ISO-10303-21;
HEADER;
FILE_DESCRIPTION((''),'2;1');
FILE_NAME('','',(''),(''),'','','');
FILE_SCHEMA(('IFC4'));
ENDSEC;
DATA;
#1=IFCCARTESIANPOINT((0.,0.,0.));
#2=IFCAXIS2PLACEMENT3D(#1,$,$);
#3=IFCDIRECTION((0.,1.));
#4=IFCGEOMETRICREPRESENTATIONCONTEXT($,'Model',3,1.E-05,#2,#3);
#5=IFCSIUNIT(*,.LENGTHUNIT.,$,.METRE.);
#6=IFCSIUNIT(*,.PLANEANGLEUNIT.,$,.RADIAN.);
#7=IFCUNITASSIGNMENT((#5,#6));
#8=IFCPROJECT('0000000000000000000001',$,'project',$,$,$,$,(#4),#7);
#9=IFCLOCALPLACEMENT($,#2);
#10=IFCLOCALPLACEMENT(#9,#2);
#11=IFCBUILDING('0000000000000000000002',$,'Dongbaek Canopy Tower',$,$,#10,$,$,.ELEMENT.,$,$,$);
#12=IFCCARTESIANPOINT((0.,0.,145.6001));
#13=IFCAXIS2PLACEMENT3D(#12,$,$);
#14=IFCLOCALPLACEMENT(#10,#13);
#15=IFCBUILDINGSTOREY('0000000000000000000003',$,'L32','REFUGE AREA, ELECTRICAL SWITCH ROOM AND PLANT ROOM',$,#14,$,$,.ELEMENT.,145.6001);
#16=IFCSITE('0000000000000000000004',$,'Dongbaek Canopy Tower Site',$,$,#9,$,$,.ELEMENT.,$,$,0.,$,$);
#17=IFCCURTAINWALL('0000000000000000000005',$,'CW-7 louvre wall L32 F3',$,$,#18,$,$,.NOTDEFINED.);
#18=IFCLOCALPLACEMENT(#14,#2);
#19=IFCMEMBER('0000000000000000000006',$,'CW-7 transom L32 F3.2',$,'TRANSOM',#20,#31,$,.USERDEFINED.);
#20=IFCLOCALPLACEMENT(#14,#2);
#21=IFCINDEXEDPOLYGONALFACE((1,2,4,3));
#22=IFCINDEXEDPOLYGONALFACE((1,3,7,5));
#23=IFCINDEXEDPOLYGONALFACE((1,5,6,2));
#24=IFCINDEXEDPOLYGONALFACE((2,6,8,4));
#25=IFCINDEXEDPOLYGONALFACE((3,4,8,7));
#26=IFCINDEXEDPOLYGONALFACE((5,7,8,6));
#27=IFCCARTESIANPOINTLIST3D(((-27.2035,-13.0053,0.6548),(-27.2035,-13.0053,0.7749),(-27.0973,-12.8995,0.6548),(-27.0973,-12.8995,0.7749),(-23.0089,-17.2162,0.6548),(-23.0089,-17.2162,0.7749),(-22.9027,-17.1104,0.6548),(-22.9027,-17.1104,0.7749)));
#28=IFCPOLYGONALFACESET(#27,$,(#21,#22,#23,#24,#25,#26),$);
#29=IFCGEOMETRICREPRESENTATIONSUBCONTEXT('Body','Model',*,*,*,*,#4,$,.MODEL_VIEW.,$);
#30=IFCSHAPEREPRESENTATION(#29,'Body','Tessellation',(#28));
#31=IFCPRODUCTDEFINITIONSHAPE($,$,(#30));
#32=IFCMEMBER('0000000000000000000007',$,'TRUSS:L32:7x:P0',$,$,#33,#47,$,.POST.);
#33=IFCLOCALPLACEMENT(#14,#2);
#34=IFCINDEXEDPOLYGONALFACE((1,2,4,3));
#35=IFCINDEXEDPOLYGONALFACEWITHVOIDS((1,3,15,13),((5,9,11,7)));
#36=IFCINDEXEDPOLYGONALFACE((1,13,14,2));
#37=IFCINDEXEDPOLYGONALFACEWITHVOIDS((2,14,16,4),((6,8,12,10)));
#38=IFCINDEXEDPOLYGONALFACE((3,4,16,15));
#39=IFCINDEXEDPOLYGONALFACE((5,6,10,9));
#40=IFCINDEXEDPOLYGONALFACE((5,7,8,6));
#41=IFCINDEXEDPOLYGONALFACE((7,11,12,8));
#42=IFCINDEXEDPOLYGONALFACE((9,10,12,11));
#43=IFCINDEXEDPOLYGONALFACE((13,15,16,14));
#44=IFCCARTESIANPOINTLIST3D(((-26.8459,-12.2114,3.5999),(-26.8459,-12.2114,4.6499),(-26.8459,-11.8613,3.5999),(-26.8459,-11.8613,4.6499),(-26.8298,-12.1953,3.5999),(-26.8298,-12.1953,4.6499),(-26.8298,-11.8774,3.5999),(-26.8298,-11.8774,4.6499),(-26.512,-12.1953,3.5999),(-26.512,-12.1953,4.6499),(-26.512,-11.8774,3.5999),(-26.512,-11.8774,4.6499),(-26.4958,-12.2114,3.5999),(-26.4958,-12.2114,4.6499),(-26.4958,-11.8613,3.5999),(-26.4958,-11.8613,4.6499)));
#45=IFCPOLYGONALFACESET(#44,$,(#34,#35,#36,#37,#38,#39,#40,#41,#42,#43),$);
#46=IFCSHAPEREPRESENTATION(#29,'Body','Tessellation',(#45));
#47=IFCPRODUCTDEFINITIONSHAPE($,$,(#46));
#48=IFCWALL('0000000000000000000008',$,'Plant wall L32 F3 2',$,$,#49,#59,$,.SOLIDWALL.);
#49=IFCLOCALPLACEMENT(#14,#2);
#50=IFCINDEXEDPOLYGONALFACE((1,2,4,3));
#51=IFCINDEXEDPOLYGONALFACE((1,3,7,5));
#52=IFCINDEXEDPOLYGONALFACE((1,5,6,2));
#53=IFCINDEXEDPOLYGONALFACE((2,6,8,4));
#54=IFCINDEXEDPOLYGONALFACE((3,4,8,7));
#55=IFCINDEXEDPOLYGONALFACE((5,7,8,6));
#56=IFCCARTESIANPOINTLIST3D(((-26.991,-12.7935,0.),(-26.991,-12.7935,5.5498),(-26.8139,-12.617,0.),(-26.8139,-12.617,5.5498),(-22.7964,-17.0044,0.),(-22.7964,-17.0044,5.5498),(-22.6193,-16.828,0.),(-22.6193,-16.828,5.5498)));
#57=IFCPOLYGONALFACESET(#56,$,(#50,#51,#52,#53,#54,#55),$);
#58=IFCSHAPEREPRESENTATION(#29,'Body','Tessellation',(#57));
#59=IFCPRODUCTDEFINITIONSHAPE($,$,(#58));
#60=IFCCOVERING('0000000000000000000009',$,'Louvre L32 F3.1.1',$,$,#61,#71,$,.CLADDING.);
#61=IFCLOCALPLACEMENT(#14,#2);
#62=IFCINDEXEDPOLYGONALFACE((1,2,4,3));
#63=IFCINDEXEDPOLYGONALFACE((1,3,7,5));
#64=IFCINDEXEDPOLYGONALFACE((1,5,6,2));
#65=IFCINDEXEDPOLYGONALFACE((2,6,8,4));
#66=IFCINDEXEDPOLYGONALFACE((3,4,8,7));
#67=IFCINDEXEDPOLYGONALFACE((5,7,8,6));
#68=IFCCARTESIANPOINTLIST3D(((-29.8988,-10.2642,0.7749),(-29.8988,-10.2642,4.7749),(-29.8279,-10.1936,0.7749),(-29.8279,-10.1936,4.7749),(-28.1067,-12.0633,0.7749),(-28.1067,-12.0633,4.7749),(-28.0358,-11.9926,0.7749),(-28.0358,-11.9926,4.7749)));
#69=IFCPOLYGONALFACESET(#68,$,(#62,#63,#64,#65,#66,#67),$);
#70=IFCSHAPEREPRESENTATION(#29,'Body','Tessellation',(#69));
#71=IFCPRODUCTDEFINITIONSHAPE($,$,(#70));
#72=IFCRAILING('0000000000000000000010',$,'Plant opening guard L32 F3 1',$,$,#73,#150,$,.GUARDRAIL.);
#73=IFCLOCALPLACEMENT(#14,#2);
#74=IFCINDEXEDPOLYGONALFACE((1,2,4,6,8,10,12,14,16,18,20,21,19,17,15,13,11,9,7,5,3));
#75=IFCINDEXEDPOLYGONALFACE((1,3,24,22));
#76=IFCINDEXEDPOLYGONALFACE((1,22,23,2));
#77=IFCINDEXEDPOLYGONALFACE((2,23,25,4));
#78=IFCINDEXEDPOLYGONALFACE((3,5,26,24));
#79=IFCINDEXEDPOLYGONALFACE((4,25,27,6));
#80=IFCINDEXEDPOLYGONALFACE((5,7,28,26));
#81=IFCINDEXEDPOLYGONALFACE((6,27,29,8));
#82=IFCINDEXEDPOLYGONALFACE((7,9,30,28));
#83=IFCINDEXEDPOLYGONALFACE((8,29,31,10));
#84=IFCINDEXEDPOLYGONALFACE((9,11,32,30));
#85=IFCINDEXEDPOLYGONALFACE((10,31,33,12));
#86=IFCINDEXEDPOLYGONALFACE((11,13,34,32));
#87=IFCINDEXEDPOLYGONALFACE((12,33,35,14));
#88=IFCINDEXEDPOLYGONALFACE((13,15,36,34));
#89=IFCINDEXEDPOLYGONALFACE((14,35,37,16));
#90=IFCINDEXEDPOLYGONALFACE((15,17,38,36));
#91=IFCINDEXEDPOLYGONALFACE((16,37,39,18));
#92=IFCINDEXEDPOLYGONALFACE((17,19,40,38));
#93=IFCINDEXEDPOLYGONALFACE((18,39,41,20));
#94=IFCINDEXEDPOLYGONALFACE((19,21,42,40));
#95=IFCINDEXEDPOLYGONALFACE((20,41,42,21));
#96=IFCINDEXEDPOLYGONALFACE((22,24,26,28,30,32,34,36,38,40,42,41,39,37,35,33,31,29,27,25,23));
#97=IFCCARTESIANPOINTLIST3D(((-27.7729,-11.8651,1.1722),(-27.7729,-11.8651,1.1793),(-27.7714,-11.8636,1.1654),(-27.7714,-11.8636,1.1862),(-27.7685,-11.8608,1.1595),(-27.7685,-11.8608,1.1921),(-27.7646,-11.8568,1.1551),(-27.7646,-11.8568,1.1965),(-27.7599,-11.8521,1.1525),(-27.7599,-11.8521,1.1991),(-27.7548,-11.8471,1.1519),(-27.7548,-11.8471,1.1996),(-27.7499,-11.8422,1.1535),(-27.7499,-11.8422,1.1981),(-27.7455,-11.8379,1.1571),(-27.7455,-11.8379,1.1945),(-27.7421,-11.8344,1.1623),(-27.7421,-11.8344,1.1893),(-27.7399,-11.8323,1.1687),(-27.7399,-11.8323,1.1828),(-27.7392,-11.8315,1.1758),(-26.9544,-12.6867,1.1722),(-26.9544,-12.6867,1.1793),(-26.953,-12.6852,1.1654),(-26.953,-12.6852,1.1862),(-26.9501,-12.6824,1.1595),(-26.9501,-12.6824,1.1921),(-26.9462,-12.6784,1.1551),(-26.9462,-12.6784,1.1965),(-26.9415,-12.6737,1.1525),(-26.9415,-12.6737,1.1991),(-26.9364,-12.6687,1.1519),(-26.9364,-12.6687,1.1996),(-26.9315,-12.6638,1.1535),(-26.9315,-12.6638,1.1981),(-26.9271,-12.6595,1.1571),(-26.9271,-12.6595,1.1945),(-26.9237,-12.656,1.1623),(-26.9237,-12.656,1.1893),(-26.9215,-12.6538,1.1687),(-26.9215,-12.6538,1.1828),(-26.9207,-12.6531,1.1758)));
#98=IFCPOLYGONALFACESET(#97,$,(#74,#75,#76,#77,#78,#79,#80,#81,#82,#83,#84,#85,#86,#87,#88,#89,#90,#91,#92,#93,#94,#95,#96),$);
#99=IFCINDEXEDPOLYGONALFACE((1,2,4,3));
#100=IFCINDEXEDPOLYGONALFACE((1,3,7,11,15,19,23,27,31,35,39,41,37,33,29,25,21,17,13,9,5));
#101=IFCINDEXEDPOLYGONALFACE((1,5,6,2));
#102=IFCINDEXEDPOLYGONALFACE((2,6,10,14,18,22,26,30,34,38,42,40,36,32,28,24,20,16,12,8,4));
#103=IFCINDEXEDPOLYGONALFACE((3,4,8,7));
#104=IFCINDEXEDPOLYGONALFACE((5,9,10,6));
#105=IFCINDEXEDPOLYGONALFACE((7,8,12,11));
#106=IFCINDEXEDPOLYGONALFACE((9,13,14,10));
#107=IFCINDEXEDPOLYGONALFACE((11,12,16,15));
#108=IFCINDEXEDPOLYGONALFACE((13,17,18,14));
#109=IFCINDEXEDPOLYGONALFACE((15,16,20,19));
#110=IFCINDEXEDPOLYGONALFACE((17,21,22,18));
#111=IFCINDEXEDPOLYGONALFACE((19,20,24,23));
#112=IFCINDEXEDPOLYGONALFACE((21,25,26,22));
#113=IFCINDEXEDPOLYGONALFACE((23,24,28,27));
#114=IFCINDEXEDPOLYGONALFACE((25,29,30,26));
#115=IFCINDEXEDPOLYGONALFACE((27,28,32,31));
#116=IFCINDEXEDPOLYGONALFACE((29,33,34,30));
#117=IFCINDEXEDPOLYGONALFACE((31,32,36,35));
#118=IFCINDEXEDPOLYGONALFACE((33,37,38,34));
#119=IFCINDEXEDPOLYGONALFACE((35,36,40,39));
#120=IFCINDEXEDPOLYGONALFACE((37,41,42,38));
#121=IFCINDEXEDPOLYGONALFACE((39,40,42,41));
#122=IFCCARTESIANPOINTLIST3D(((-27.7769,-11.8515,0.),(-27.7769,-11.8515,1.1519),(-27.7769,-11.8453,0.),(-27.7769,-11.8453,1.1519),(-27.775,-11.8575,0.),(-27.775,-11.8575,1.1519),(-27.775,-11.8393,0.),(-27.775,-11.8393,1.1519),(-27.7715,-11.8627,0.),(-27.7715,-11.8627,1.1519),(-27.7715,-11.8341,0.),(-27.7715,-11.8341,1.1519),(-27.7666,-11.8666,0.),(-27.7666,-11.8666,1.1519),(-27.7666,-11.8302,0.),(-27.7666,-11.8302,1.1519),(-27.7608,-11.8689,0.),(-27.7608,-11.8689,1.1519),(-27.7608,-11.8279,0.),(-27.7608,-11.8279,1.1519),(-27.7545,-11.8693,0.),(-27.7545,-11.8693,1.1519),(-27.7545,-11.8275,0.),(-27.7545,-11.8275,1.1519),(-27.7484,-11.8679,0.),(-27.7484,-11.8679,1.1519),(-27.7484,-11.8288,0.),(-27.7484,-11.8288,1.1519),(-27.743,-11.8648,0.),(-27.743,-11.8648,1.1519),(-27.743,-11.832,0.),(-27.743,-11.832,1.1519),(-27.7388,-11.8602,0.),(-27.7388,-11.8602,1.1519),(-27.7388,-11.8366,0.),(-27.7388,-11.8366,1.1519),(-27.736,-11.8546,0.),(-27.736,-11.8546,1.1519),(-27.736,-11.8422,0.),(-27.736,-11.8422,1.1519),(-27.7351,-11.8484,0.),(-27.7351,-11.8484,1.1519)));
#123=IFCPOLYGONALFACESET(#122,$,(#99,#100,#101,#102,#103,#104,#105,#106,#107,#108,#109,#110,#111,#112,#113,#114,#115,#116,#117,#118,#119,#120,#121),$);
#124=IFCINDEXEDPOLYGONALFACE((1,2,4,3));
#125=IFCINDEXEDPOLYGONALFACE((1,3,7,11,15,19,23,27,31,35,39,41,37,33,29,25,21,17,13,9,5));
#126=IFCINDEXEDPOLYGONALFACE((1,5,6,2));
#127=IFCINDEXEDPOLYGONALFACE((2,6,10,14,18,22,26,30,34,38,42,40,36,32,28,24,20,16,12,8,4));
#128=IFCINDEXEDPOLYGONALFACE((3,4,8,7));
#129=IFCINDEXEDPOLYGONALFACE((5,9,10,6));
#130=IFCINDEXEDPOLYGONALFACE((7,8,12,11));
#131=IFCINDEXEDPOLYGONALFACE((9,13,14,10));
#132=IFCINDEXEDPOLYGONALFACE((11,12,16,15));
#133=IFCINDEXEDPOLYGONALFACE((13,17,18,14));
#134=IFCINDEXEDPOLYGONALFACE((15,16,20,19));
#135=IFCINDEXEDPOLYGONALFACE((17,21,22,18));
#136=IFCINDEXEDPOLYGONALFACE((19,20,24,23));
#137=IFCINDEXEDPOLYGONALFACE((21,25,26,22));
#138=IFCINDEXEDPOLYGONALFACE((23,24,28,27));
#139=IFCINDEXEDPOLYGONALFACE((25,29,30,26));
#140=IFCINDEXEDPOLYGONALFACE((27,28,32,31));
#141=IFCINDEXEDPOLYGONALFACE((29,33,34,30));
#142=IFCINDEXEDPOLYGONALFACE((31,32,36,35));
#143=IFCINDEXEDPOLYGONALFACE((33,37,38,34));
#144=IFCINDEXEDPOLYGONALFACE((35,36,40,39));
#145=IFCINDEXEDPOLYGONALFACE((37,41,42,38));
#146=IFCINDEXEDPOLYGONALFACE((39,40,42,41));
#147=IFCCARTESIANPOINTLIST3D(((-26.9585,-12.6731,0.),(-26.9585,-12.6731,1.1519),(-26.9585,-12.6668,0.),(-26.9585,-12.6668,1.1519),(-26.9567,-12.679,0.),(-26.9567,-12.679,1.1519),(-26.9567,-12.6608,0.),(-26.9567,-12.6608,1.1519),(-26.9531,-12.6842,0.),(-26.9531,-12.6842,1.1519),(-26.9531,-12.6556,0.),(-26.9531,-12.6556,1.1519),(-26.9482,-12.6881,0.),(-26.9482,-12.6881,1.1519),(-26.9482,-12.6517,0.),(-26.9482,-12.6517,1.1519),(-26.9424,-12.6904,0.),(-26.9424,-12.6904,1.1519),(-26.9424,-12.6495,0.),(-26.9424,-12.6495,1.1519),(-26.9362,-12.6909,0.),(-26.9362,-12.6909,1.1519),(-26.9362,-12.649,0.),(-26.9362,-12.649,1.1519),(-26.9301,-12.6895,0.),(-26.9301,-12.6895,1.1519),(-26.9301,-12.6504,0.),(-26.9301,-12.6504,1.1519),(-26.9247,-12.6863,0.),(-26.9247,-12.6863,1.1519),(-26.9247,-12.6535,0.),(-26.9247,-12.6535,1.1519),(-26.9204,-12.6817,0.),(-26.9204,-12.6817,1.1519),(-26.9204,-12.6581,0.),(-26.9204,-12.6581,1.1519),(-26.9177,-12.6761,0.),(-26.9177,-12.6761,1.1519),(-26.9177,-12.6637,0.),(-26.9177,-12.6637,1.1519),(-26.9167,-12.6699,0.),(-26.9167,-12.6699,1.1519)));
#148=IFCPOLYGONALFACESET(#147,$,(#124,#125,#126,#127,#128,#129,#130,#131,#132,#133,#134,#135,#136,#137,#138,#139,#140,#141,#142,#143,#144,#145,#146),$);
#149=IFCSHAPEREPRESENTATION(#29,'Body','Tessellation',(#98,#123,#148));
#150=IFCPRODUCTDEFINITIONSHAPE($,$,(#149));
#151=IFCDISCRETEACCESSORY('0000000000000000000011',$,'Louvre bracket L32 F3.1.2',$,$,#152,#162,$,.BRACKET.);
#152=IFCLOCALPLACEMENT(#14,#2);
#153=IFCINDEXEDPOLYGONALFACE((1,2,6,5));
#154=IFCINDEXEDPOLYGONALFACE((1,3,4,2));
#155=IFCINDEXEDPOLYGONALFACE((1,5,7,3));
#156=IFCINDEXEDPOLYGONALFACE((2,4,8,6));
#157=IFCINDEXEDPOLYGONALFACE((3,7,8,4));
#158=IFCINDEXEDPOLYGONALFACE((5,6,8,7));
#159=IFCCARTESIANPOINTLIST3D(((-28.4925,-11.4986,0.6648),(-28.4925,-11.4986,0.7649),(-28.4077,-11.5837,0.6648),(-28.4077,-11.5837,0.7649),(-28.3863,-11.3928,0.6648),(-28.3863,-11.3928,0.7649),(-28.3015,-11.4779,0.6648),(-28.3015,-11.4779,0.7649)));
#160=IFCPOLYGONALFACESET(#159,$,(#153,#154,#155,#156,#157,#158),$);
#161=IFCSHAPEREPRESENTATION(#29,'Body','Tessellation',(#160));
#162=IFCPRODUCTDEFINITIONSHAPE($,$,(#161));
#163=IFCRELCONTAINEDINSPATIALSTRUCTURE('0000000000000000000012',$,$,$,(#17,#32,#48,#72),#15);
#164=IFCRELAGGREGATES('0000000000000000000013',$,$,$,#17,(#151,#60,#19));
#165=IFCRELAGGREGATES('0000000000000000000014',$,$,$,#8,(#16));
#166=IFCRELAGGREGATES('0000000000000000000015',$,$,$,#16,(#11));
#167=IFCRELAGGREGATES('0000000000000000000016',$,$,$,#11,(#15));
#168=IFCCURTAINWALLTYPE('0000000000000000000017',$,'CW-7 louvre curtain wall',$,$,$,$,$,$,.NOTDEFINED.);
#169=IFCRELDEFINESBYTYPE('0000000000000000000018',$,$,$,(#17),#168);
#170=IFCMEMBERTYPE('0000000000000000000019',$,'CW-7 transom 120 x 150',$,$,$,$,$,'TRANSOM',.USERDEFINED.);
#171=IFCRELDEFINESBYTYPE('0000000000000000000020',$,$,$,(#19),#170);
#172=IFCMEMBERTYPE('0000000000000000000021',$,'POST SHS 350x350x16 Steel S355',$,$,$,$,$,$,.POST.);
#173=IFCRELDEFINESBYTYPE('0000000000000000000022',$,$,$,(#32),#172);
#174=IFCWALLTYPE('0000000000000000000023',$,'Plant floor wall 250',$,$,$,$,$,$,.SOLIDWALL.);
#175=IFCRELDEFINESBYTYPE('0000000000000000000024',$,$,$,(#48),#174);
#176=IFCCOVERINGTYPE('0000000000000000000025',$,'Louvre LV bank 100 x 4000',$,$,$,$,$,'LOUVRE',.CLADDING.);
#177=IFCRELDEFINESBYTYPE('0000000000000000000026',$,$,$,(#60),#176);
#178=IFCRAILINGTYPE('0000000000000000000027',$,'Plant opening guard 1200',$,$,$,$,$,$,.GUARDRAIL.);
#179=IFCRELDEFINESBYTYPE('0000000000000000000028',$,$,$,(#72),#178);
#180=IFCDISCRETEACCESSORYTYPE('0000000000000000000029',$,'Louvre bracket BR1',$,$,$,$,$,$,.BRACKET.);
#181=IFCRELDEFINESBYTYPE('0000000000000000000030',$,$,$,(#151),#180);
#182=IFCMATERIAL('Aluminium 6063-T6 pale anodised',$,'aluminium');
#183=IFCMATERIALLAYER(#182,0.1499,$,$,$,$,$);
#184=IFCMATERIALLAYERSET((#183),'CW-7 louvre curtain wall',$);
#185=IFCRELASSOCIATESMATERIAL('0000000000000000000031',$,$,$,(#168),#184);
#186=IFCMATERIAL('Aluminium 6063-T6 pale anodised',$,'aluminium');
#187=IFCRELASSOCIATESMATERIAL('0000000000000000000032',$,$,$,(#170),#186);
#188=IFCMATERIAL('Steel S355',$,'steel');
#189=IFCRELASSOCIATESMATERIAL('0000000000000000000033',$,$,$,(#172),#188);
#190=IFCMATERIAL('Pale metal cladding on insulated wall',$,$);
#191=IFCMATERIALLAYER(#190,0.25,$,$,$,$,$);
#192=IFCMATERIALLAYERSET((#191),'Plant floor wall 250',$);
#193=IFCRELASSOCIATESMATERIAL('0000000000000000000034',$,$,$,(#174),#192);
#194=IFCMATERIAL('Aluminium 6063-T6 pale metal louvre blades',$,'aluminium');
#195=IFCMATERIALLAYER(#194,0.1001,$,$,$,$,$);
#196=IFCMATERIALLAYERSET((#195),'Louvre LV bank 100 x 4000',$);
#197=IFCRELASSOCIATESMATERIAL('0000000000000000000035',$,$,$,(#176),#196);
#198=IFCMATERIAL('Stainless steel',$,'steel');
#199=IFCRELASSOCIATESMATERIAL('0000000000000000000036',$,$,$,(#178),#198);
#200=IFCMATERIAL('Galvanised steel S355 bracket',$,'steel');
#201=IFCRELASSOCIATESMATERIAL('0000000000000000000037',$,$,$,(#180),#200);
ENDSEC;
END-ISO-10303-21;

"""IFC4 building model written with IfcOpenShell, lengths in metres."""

from ifc_helpers import new_model, si_unit, direction, frame, frame_2d, origin, origin_2d, place, context, subcontext, project, spatial, rectangle, hollow_rectangle, circle, extrude, material, layer, layer_set, material_profile, profile_set, type_object, element, aggregate, save


model = new_model("IFC4")

# Units and contexts
model_context = context("Model", 3, precision=1e-05, world=origin(), true_north=direction((0.0, 1.0)))
body_context = subcontext(model_context, "Body", "Model", "MODEL_VIEW")
ifc_project = project(units=[si_unit("LENGTHUNIT", "METRE"), si_unit("PLANEANGLEUNIT", "RADIAN")], contexts=[model_context])

# Site, building, storey
site_placement = place(None, origin())
site = spatial("IfcSite", under=ifc_project, at=site_placement, Name="Dongbaek Canopy Tower Site", CompositionType="ELEMENT", RefElevation=0.0)
building_placement = place(site_placement, origin())
building = spatial("IfcBuilding", under=site, at=building_placement, Name="Dongbaek Canopy Tower", CompositionType="ELEMENT")
storey_placement = place(building_placement, frame((0.0, 0.0, 145.6001)))
storey = spatial("IfcBuildingStorey", under=building, at=storey_placement, Name="L32", Description="REFUGE AREA, ELECTRICAL SWITCH ROOM AND PLANT ROOM", CompositionType="ELEMENT", Elevation=145.6001)

# Curtain wall, member
ifc_material_1 = material(Name="Aluminium 6063-T6 pale anodised", Category="aluminium")
ifc_layer_1 = layer(ifc_material_1, 0.1499)
ifc_layer_set_1 = layer_set([ifc_layer_1], Name="CW-7 louvre curtain wall")
curtain_wall_type = type_object("IfcCurtainWallType", Name="CW-7 louvre curtain wall", PredefinedType="NOTDEFINED", material=ifc_layer_set_1)
curtain_wall_placement = place(storey_placement, origin())
curtain_wall = element("IfcCurtainWall", 1, at=curtain_wall_placement, inside=storey, type_object=curtain_wall_type, Name="CW-7 louvre wall L32 F3", PredefinedType="NOTDEFINED")
ifc_material_2 = material(Name="Aluminium 6063-T6 pale anodised", Category="aluminium")
ifc_material_profile_1 = material_profile(ifc_material_2, rectangle(XDim=0.1499, YDim=0.1201, at=origin_2d()), Name="CW-7 transom 120 x 150")
ifc_profile_set_1 = profile_set([ifc_material_profile_1], Name="Aluminium 6063-T6 pale anodised")
member_type_1 = type_object("IfcMemberType", Name="CW-7 transom 120 x 150", ElementType="TRANSOM", PredefinedType="USERDEFINED", material=ifc_profile_set_1)
member_1_placement = place(storey_placement, frame((-27.1504, -12.9524, 0.7148), z_axis=(0.705729, -0.708481, 0.0), x_axis=(0.708481, 0.705729, 0.0)))
member_1 = element("IfcMember", 2, at=member_1_placement, type_object=member_type_1, Name="CW-7 transom L32 F3.2", ObjectType="TRANSOM", PredefinedType="USERDEFINED", context=body_context, shape_type="SweptSolid", body=[
    extrude(rectangle(XDim=0.1499, YDim=0.1201, at=origin_2d()), origin(), (0.0, 0.0, 1.0), 5.9436),
])

# Member
ifc_material_3 = material(Name="Steel S355", Category="steel")
ifc_material_profile_2 = material_profile(ifc_material_3, hollow_rectangle(XDim=0.3501, YDim=0.3501, WallThickness=0.0161, at=origin_2d()), Name="POST SHS 350x350x16 Steel S355")
ifc_profile_set_2 = profile_set([ifc_material_profile_2], Name="Steel S355")
member_type_2 = type_object("IfcMemberType", Name="POST SHS 350x350x16 Steel S355", PredefinedType="POST", material=ifc_profile_set_2)
member_2_placement = place(storey_placement, frame((-26.6709, -12.0364, 3.5999), z_axis=(0.0, 0.0, 1.0), x_axis=(1.0, 0.0, 0.0)))
element("IfcMember", 3, at=member_2_placement, inside=storey, type_object=member_type_2, Name="TRUSS:L32:7x:P0", PredefinedType="POST", context=body_context, shape_type="SweptSolid", body=[
    extrude(hollow_rectangle(XDim=0.3501, YDim=0.3501, WallThickness=0.0161, at=origin_2d()), origin(), (0.0, 0.0, 1.0), 1.05),
])

# Wall
ifc_material_4 = material(Name="Pale metal cladding on insulated wall")
ifc_layer_2 = layer(ifc_material_4, 0.25)
ifc_layer_set_2 = layer_set([ifc_layer_2], Name="Plant floor wall 250")
wall_type = type_object("IfcWallType", Name="Plant floor wall 250", PredefinedType="SOLIDWALL", material=ifc_layer_set_2)
wall_placement = place(storey_placement, frame((-26.9023, -12.7053, 0.0), z_axis=(0.0, 0.0, 1.0), x_axis=(0.705729, -0.708481, 0.0)))
element("IfcWall", 4, at=wall_placement, inside=storey, type_object=wall_type, Name="Plant wall L32 F3 2", PredefinedType="SOLIDWALL", context=body_context, shape_type="SweptSolid", body=[
    extrude(rectangle(XDim=5.9436, YDim=0.25, at=frame_2d((2.9717, 0.0))), origin(), (0.0, 0.0, 1.0), 5.5498),
])

# Covering
ifc_material_5 = material(Name="Aluminium 6063-T6 pale metal louvre blades", Category="aluminium")
ifc_layer_3 = layer(ifc_material_5, 0.1001)
ifc_layer_set_3 = layer_set([ifc_layer_3], Name="Louvre LV bank 100 x 4000")
covering_type = type_object("IfcCoveringType", Name="Louvre LV bank 100 x 4000", ElementType="LOUVRE", PredefinedType="CLADDING", material=ifc_layer_set_3)
covering_placement = place(storey_placement, frame((-28.9673, -11.1284, 0.7749), z_axis=(0.0, 0.0, 1.0), x_axis=(0.705732, -0.708479, 0.0)))
covering = element("IfcCovering", 5, at=covering_placement, type_object=covering_type, Name="Louvre L32 F3.1.1", PredefinedType="CLADDING", context=body_context, shape_type="SweptSolid", body=[
    extrude(rectangle(XDim=2.5393, YDim=0.1001, at=origin_2d()), origin(), (0.0, 0.0, 1.0), 4.0),
])

# Railing
ifc_material_6 = material(Name="Stainless steel", Category="steel")
railing_type = type_object("IfcRailingType", Name="Plant opening guard 1200", PredefinedType="GUARDRAIL", material=ifc_material_6)
railing_placement = place(storey_placement, frame((-27.7561, -11.8484, 0.0)))
element("IfcRailing", 6, at=railing_placement, inside=storey, type_object=railing_type, Name="Plant opening guard L32 F3 1", PredefinedType="GUARDRAIL", context=body_context, shape_type="SweptSolid", body=[
    extrude(circle(Radius=0.0239, at=origin_2d()), frame((0.0, 0.0, 1.1758), z_axis=(0.705737, -0.708474, 0.0), x_axis=(0.708474, 0.705737, 0.0)), (0.0, 0.0, 1.0), 1.1597),
    extrude(circle(Radius=0.021, at=origin_2d()), origin(), (0.0, 0.0, 1.0), 1.1519),
    extrude(circle(Radius=0.021, at=origin_2d()), frame((0.8184, -0.8215, 0.0)), (0.0, 0.0, 1.0), 1.1519),
])

# Discrete accessory
ifc_material_7 = material(Name="Galvanised steel S355 bracket", Category="steel")
discrete_accessory_type = type_object("IfcDiscreteAccessoryType", Name="Louvre bracket BR1", PredefinedType="BRACKET", material=ifc_material_7)
discrete_accessory_placement = place(storey_placement, frame((-28.397, -11.4883, 0.6648), z_axis=(0.0, 0.0, 1.0), x_axis=(0.705732, -0.708479, 0.0)))
discrete_accessory = element("IfcDiscreteAccessory", 7, at=discrete_accessory_placement, type_object=discrete_accessory_type, Name="Louvre bracket L32 F3.1.2", PredefinedType="BRACKET", context=body_context, shape_type="SweptSolid", body=[
    extrude(rectangle(XDim=0.1201, YDim=0.1499, at=origin_2d()), origin(), (0.0, 0.0, 1.0), 0.1001),
])
aggregate(curtain_wall, [discrete_accessory, covering, member_1])

save(model, "model.ifc")
